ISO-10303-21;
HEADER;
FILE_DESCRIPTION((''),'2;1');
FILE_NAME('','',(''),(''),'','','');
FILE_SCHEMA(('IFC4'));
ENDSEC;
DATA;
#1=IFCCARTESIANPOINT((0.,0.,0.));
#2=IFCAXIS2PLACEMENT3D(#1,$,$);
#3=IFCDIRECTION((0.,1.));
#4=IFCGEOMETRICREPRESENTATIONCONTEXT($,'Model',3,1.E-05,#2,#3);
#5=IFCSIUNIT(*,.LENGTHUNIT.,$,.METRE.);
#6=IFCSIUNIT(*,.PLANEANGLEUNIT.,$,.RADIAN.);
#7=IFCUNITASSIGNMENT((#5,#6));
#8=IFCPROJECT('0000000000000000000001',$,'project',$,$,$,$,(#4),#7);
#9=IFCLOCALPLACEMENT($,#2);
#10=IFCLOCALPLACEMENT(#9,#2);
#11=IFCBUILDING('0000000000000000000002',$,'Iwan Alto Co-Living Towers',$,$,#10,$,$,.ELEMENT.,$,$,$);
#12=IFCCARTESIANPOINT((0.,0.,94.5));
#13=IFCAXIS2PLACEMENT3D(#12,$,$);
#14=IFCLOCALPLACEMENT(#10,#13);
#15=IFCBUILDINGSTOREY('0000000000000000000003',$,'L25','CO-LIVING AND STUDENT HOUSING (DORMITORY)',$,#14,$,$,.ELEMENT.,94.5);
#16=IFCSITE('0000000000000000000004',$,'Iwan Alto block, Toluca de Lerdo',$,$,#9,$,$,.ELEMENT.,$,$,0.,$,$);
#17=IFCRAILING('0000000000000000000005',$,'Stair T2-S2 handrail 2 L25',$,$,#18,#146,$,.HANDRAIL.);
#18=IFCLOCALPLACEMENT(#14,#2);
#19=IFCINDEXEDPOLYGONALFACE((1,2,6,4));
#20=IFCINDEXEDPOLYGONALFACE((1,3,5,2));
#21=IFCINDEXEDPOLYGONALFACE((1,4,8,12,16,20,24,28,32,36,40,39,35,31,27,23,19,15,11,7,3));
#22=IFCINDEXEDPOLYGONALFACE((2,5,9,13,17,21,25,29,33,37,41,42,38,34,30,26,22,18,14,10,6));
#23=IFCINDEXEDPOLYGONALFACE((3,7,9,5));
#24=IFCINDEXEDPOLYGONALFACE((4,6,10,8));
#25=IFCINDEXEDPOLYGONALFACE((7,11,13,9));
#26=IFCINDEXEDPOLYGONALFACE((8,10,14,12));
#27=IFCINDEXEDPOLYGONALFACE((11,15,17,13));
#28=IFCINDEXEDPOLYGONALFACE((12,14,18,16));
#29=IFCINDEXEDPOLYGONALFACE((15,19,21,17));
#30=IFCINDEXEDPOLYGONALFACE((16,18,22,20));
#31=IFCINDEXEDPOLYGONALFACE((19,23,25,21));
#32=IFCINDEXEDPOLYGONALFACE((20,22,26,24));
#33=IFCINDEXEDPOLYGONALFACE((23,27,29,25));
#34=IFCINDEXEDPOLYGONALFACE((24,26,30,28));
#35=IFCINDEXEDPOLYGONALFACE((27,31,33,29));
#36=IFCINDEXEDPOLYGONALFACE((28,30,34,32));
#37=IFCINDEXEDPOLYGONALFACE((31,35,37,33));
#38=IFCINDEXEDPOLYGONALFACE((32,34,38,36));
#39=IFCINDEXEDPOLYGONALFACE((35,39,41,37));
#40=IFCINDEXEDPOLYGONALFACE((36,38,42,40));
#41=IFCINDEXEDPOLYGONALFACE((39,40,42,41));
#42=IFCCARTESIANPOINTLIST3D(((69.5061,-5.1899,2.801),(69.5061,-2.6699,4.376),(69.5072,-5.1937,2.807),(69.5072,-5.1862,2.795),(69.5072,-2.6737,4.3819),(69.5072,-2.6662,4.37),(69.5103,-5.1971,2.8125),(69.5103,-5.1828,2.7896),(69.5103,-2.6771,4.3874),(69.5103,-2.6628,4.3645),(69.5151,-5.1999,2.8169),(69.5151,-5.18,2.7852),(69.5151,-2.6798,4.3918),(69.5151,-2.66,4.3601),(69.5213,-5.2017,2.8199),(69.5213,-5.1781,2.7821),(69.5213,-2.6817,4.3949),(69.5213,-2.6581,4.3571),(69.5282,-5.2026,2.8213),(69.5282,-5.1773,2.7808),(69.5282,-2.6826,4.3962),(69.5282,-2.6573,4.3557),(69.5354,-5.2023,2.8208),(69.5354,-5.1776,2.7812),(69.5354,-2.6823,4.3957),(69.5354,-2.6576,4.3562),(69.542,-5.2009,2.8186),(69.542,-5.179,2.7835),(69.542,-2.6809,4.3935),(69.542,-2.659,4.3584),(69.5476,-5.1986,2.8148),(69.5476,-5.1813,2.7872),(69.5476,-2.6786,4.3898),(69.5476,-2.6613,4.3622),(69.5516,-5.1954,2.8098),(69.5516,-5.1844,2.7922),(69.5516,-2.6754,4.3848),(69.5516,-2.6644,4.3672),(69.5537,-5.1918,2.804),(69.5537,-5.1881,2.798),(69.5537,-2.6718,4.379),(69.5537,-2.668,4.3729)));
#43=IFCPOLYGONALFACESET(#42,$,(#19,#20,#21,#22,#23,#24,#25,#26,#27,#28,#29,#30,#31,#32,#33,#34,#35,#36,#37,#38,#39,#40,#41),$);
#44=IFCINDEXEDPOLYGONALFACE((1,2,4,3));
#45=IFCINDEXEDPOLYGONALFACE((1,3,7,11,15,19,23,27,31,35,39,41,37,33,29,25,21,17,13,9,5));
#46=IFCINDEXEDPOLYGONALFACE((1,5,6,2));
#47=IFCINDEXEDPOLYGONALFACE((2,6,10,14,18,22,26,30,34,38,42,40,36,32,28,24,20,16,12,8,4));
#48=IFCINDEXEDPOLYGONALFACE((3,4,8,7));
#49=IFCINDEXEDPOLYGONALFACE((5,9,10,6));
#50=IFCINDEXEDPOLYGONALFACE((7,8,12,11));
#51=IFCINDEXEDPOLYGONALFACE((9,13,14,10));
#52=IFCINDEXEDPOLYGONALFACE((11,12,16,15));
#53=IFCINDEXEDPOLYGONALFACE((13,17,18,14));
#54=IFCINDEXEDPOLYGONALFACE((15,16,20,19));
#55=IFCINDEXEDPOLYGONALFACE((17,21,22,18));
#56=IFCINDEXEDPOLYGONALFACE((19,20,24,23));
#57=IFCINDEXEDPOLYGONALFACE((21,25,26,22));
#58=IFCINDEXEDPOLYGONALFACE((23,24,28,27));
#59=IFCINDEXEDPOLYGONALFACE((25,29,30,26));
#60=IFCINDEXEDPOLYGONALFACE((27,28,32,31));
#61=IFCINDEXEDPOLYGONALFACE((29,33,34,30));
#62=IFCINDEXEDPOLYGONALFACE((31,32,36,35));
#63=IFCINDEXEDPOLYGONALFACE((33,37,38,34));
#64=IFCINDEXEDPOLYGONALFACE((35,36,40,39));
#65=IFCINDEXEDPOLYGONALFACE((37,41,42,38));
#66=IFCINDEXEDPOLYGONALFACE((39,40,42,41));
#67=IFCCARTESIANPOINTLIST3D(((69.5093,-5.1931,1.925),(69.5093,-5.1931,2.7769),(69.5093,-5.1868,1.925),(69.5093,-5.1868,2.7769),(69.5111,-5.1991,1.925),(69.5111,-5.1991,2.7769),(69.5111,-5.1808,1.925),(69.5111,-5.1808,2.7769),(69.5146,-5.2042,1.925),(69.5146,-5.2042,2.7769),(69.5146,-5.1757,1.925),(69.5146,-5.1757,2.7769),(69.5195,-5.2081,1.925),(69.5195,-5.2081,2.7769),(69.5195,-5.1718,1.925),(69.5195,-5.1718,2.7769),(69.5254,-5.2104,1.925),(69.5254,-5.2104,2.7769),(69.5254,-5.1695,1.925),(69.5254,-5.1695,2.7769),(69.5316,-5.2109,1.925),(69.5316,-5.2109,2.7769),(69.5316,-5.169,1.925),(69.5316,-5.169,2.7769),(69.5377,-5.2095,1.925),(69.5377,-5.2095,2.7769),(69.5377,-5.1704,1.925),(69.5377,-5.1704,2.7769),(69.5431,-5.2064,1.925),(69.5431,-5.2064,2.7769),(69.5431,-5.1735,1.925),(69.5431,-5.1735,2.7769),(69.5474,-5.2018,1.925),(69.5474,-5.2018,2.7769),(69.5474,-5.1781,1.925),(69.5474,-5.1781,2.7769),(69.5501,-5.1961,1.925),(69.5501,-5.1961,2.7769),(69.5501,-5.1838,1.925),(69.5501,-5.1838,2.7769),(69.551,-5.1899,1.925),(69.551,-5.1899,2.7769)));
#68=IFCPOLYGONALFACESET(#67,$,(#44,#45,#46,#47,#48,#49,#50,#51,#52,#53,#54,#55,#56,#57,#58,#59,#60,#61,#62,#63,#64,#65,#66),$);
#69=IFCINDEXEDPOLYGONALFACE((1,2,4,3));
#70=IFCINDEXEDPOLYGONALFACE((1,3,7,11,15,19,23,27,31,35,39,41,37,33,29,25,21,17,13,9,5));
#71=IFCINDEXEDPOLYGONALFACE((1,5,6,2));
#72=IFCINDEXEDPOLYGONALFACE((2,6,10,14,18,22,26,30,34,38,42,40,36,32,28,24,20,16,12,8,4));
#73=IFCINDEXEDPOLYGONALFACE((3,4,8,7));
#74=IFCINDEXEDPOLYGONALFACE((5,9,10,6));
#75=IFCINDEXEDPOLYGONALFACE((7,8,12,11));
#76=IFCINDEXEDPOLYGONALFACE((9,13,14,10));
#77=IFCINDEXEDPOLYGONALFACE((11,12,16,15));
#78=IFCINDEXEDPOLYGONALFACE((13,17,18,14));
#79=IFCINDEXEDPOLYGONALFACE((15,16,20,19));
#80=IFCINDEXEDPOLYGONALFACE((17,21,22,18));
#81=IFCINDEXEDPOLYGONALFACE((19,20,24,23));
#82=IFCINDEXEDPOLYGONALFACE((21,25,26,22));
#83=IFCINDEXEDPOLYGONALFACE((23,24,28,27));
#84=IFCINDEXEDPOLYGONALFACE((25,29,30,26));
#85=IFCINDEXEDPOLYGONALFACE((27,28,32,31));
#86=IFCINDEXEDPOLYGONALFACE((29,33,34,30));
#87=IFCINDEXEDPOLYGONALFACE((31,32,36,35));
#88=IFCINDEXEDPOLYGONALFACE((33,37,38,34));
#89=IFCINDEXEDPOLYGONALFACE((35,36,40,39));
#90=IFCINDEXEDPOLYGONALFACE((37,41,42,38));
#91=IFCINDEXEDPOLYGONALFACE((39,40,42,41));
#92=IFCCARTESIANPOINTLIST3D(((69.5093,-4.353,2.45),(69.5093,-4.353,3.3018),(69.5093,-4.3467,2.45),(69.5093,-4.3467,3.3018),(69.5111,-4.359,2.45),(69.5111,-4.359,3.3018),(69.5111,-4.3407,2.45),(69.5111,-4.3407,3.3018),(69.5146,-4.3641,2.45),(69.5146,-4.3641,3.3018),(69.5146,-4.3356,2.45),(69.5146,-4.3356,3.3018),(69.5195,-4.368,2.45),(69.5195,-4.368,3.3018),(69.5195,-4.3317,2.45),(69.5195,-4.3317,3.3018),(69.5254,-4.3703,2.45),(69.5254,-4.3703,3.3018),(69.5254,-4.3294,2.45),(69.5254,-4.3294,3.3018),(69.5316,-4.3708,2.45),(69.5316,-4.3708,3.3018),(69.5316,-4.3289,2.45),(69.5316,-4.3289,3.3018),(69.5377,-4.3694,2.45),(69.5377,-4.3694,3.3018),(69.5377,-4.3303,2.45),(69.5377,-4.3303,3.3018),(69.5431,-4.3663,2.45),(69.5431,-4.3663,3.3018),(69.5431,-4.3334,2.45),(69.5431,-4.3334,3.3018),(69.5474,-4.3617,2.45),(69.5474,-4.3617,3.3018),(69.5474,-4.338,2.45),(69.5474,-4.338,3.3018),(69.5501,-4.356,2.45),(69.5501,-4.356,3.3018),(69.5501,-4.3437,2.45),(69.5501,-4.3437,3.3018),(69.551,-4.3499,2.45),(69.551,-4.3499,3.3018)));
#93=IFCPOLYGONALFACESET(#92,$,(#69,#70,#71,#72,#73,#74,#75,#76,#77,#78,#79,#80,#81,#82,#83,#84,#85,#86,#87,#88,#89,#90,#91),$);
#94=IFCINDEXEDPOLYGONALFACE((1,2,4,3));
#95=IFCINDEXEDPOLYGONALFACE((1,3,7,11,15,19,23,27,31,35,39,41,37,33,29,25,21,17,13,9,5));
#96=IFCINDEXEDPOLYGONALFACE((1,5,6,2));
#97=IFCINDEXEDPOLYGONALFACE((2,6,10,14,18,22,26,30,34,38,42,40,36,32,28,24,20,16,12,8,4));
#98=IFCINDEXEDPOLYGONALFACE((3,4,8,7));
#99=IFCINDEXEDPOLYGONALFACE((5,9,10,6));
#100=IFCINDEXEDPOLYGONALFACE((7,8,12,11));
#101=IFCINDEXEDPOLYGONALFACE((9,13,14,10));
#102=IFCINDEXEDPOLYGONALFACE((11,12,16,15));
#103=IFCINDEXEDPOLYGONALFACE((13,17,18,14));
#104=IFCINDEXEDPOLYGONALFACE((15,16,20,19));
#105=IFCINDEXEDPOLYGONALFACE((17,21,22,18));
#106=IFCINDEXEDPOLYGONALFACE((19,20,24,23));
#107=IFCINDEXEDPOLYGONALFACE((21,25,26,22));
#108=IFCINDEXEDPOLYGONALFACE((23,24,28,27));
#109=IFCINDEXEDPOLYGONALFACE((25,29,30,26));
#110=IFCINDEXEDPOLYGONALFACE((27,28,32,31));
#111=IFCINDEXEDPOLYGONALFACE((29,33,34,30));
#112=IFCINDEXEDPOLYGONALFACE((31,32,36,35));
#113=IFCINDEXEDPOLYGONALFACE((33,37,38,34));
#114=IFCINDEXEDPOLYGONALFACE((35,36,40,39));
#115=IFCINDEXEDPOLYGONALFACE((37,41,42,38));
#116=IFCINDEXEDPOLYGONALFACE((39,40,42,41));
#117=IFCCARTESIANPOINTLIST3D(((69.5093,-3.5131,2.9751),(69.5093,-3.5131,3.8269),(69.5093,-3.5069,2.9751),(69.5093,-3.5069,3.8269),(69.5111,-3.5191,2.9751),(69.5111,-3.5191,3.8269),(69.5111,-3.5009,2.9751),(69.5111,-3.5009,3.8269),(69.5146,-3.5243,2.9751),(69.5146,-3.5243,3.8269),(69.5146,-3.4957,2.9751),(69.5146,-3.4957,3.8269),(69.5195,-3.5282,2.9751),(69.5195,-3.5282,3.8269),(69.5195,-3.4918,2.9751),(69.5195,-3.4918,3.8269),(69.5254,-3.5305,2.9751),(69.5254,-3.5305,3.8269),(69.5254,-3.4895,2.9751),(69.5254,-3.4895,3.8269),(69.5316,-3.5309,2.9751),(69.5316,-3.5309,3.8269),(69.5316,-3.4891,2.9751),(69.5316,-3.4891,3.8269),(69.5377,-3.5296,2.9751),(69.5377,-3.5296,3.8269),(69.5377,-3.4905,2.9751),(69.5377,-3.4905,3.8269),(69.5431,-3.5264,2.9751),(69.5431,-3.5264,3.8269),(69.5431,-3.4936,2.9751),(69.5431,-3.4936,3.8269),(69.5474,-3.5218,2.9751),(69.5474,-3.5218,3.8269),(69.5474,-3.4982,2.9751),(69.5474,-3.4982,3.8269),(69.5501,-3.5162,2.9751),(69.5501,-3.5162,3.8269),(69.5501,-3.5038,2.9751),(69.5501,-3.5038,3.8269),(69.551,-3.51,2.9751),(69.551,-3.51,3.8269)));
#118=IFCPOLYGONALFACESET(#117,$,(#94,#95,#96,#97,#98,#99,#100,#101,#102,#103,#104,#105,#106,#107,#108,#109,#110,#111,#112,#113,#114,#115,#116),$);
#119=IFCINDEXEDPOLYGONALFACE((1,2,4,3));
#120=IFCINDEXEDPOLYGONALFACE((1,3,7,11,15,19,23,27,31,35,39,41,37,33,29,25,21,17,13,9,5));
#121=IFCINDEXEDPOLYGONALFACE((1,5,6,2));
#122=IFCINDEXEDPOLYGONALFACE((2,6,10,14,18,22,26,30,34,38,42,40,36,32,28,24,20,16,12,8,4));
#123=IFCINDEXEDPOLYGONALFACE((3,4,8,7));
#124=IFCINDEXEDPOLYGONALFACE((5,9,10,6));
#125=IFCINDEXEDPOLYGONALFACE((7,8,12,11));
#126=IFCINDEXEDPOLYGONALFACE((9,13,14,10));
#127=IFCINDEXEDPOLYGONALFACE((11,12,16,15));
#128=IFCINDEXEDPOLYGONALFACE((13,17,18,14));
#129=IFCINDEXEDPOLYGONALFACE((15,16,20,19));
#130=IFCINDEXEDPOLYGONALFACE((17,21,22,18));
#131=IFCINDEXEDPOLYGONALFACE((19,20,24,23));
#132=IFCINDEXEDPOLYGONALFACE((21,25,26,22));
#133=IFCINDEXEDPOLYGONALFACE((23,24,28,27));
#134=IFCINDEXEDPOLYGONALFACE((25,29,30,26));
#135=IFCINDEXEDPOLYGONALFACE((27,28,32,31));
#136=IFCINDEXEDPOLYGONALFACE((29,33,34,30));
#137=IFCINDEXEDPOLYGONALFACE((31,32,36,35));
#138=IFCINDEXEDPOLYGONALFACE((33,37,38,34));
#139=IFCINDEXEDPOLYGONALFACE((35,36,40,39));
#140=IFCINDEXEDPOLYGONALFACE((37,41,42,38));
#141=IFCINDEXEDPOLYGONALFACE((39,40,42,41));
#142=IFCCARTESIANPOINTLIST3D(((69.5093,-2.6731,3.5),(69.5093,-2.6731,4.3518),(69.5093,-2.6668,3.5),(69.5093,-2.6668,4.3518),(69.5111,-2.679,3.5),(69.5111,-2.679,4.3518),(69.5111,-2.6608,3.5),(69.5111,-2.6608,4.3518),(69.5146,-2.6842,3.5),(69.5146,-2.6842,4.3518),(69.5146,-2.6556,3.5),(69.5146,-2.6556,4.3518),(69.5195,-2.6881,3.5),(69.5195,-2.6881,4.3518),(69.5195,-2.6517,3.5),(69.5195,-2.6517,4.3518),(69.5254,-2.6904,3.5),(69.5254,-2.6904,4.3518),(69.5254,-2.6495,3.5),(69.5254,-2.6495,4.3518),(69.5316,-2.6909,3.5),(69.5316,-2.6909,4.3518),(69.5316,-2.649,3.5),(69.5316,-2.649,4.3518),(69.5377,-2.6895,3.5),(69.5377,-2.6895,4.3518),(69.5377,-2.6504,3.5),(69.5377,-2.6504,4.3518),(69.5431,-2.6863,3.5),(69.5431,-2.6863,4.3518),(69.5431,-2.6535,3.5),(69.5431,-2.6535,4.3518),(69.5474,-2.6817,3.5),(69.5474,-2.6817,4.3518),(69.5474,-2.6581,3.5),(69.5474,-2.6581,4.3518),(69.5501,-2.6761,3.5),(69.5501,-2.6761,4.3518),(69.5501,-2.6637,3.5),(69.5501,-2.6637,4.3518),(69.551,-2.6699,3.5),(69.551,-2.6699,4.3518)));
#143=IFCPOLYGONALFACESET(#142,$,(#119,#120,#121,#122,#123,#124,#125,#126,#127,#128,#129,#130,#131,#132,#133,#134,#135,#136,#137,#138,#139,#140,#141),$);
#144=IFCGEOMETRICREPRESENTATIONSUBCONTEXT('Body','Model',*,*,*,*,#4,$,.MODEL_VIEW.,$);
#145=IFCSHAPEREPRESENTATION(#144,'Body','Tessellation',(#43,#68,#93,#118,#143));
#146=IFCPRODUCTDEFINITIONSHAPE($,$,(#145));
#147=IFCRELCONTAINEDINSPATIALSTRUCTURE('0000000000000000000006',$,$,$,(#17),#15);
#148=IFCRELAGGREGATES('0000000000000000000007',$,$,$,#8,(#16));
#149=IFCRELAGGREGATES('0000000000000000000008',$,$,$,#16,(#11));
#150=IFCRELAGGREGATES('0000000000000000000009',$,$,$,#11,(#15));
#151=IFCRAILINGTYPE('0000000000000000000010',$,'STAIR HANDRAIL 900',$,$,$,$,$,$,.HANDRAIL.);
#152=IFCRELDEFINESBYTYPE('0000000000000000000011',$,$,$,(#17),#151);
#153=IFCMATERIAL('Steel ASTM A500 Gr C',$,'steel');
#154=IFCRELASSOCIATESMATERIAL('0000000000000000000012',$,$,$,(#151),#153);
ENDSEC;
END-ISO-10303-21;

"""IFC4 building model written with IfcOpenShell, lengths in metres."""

from ifc_helpers import new_model, si_unit, direction, frame, origin, origin_2d, place, context, subcontext, project, spatial, circle, extrude, material, type_object, element, save


model = new_model("IFC4")

# Units and contexts
model_context = context("Model", 3, precision=1e-05, world=origin(), true_north=direction((0.0, 1.0)))
body_context = subcontext(model_context, "Body", "Model", "MODEL_VIEW")
ifc_project = project(units=[si_unit("LENGTHUNIT", "METRE"), si_unit("PLANEANGLEUNIT", "RADIAN")], contexts=[model_context])

# Site, building, storey
site_placement = place(None, origin())
site = spatial("IfcSite", under=ifc_project, at=site_placement, Name="Iwan Alto block, Toluca de Lerdo", CompositionType="ELEMENT", RefElevation=0.0)
building_placement = place(site_placement, origin())
building = spatial("IfcBuilding", under=site, at=building_placement, Name="Iwan Alto Co-Living Towers", CompositionType="ELEMENT")
storey_placement = place(building_placement, frame((0.0, 0.0, 94.5)))
storey = spatial("IfcBuildingStorey", under=building, at=storey_placement, Name="L25", Description="CO-LIVING AND STUDENT HOUSING (DORMITORY)", CompositionType="ELEMENT", Elevation=94.5)

# Railing
ifc_material_1 = material(Name="Steel ASTM A500 Gr C", Category="steel")
railing_type_1 = type_object("IfcRailingType", Name="STAIR HANDRAIL 900", PredefinedType="HANDRAIL", material=ifc_material_1)
railing_1_placement = place(storey_placement, frame((69.53, -5.1899, 1.925)))
element("IfcRailing", 1, at=railing_1_placement, inside=storey, type_object=railing_type_1, Name="Stair T2-S2 handrail 2 L25", PredefinedType="HANDRAIL", context=body_context, shape_type="SweptSolid", body=[
    extrude(circle(Radius=0.0239, at=origin_2d()), frame((0.0, 0.0, 0.876), z_axis=(0.0, 0.848008, 0.529984), x_axis=(-1.0, 0.0, 0.0)), (0.0, 0.0, 1.0), 2.9717),
    extrude(circle(Radius=0.021, at=origin_2d()), origin(), (0.0, 0.0, 1.0), 0.8518),
    extrude(circle(Radius=0.021, at=origin_2d()), frame((0.0, 0.8401, 0.5249)), (0.0, 0.0, 1.0), 0.8518),
    extrude(circle(Radius=0.021, at=origin_2d()), frame((0.0, 1.6799, 1.05)), (0.0, 0.0, 1.0), 0.8518),
    extrude(circle(Radius=0.021, at=origin_2d()), frame((0.0, 2.52, 1.575)), (0.0, 0.0, 1.0), 0.8518),
])

save(model, "model.ifc")
